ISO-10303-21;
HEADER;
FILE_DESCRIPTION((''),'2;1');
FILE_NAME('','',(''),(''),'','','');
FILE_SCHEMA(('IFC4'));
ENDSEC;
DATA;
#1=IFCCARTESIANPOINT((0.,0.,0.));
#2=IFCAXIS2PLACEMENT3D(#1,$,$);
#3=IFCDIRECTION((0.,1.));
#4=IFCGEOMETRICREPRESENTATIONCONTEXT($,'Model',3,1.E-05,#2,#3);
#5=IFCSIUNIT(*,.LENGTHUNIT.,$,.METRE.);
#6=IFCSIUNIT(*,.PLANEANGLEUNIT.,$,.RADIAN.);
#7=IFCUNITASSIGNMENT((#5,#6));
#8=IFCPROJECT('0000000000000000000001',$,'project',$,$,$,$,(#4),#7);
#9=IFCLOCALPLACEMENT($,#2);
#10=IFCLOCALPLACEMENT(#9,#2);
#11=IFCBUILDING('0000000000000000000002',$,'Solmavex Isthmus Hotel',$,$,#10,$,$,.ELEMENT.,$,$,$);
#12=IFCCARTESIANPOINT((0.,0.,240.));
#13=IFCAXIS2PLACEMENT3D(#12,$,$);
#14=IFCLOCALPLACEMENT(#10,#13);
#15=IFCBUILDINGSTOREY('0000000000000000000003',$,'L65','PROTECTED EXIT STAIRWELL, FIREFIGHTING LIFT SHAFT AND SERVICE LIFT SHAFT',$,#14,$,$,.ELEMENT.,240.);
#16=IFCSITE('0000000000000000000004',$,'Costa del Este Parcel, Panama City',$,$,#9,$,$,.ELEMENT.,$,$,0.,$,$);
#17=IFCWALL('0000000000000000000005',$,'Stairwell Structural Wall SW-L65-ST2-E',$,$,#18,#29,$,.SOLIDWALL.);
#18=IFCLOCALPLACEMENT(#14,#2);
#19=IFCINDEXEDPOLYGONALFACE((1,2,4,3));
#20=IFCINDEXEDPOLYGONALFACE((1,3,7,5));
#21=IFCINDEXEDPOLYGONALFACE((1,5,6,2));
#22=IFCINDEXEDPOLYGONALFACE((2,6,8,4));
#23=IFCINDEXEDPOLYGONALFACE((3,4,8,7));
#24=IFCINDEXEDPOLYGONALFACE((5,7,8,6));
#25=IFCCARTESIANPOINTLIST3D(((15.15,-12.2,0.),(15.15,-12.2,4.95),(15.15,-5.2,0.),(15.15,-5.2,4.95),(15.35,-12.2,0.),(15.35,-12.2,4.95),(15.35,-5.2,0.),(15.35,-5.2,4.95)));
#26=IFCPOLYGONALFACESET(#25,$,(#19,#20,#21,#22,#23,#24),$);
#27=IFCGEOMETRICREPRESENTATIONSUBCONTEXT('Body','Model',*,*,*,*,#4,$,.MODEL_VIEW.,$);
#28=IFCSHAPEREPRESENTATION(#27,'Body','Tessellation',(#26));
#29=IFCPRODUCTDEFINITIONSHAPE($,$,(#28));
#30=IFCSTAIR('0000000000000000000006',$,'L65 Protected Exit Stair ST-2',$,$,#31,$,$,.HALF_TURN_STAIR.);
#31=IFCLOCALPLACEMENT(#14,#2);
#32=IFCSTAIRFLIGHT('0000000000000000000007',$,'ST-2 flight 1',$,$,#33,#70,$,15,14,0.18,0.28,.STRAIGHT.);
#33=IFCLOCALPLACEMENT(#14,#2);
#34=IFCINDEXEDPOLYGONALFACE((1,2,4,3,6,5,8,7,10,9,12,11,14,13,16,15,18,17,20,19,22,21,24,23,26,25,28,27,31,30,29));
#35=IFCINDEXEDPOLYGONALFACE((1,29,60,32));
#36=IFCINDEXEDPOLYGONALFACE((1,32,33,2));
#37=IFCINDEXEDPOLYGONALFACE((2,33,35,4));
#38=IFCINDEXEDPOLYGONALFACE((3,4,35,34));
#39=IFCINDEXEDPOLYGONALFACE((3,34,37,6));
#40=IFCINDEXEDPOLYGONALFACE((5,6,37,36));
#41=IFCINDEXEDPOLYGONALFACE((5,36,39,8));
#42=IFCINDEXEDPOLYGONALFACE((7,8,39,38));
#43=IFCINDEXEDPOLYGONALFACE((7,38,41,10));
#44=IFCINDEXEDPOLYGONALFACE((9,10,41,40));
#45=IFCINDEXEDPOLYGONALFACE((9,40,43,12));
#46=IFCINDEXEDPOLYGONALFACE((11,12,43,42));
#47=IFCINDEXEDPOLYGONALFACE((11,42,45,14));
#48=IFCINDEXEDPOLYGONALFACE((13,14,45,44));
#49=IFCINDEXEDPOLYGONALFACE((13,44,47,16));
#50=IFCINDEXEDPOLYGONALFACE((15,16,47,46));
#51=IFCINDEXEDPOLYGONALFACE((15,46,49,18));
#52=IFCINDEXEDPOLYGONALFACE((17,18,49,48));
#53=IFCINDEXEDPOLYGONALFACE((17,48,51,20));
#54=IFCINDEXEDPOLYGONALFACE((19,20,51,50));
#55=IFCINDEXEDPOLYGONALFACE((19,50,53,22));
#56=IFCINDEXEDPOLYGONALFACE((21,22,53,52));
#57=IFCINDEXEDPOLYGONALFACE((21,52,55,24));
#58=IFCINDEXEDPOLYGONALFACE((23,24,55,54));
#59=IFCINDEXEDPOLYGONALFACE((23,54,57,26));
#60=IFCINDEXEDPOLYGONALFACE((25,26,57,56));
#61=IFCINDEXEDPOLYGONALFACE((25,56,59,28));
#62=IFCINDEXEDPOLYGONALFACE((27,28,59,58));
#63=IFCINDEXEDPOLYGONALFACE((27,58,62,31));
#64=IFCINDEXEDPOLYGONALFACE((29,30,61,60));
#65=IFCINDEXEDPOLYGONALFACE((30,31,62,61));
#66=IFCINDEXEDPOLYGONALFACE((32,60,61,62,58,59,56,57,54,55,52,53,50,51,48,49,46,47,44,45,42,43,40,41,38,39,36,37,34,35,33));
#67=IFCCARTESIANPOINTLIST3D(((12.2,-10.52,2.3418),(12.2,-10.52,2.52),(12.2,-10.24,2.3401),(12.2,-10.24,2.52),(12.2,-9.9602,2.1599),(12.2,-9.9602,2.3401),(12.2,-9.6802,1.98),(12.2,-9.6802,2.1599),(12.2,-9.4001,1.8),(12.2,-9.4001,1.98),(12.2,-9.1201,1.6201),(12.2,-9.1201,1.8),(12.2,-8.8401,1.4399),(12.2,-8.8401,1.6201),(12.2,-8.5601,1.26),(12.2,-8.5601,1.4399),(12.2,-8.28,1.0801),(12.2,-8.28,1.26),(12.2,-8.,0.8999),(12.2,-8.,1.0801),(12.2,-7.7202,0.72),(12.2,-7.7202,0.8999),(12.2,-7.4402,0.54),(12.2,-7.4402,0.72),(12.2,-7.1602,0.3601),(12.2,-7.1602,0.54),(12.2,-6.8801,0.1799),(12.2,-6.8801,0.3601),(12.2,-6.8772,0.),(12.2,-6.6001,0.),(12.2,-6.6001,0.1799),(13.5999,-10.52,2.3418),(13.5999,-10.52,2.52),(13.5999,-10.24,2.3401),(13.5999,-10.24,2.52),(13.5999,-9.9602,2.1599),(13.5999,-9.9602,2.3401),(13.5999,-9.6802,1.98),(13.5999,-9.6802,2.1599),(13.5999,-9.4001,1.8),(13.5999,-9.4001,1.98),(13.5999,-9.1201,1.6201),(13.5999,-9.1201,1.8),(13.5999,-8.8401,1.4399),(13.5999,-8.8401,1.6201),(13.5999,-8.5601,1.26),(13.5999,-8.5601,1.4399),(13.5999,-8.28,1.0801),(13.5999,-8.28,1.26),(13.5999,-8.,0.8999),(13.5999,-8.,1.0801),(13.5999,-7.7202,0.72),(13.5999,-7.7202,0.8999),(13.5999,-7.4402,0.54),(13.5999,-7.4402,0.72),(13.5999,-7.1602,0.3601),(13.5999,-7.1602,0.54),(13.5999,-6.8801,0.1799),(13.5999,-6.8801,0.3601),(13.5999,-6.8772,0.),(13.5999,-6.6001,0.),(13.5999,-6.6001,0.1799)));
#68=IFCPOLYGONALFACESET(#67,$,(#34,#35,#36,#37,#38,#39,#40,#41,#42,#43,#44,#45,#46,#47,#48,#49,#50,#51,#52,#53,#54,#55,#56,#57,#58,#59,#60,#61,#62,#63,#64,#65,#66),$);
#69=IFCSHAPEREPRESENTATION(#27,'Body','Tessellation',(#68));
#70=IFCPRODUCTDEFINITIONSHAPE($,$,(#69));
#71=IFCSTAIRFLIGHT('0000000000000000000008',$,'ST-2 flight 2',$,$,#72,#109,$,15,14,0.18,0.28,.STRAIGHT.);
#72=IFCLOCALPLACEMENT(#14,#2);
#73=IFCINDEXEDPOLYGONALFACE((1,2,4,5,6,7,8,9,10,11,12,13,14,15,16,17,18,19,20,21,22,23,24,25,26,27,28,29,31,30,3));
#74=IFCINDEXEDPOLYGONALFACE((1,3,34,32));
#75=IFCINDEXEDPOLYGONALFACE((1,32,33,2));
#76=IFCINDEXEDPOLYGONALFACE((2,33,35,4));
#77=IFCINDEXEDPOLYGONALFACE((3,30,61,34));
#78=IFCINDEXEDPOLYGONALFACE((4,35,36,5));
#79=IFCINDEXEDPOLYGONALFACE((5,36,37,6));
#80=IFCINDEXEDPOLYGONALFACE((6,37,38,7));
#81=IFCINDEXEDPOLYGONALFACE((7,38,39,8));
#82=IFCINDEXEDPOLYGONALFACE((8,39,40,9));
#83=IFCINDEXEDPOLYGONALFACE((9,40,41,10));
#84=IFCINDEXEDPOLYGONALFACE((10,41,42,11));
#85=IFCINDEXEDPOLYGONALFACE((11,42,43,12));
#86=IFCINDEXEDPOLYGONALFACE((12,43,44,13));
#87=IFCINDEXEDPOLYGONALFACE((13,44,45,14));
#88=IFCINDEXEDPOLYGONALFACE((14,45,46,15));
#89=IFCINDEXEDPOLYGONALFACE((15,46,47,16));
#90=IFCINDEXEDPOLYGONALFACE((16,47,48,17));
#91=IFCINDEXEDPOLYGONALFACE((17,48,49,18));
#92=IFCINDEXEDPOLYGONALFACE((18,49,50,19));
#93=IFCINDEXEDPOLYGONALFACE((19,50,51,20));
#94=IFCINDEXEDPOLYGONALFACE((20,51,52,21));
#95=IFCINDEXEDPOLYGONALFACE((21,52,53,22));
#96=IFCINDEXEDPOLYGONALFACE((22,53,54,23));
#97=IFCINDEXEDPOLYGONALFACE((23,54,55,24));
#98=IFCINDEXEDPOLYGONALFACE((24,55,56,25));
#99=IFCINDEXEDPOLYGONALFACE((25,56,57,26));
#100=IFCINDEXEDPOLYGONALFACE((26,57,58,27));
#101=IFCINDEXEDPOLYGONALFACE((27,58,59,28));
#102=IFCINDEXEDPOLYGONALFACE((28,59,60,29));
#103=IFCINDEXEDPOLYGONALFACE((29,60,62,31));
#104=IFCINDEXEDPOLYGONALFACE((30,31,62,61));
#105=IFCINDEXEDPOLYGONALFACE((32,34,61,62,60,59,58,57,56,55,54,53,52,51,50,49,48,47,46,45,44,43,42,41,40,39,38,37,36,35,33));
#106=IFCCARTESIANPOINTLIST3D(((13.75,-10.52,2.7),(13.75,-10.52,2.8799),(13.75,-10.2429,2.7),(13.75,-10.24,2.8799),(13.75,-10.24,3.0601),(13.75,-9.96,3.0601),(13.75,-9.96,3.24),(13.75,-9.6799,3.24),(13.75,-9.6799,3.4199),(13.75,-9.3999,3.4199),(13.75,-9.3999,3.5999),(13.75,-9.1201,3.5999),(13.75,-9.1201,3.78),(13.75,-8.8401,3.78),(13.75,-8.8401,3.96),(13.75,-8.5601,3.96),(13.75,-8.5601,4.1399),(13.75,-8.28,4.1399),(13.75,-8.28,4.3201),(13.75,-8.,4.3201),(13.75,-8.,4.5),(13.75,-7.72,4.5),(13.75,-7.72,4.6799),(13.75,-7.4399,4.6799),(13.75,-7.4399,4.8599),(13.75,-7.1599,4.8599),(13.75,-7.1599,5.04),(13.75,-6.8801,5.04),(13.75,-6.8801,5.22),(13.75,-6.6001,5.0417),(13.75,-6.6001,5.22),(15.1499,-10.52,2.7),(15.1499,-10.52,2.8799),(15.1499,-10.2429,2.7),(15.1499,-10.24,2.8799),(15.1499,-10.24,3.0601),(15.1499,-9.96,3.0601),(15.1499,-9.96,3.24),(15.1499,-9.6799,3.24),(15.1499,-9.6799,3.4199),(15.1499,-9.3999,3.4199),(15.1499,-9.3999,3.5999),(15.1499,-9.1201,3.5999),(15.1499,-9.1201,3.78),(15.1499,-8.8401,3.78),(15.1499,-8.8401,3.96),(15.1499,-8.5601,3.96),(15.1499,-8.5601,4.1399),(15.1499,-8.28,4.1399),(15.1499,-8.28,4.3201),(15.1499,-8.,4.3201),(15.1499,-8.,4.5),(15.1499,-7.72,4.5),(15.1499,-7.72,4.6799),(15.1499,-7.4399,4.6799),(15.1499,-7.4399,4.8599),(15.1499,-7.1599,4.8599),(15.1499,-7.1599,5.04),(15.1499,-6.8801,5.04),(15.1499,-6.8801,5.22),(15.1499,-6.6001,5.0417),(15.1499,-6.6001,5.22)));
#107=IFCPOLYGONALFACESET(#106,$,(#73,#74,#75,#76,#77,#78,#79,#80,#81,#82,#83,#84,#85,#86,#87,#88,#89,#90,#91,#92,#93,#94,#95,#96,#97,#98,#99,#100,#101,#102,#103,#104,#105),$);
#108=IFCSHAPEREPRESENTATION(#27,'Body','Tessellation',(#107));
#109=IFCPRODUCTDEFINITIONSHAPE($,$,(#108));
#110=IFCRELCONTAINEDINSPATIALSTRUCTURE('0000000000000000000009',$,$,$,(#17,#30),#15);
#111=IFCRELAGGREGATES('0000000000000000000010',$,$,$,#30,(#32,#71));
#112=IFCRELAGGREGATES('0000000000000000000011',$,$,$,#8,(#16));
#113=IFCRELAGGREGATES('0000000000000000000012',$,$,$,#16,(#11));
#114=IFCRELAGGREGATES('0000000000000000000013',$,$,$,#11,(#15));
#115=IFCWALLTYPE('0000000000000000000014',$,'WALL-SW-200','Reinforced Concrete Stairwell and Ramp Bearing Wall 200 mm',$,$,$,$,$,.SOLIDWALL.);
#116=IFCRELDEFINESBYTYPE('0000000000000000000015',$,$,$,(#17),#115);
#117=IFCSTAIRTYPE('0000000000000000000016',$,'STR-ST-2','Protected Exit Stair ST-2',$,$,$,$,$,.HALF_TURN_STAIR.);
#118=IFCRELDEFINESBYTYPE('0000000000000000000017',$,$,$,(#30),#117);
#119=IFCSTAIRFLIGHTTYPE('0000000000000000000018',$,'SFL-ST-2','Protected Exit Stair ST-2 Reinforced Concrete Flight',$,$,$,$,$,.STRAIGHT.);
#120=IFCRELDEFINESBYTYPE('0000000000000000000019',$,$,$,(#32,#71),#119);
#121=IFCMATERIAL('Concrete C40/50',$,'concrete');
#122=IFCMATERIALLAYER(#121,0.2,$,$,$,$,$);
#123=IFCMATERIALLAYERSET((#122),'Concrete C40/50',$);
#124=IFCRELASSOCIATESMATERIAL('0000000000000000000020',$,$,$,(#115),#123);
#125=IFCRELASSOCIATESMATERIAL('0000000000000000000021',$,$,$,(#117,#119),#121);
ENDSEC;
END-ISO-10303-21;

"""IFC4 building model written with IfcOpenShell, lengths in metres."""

from ifc_helpers import new_model, si_unit, direction, frame, frame_2d, origin, place, context, subcontext, project, spatial, polyline, rectangle, outline, extrude, material, layer, layer_set, type_object, element, aggregate, save


model = new_model("IFC4")

# Units and contexts
model_context = context("Model", 3, precision=1e-05, world=origin(), true_north=direction((0.0, 1.0)))
body_context = subcontext(model_context, "Body", "Model", "MODEL_VIEW")
ifc_project = project(units=[si_unit("LENGTHUNIT", "METRE"), si_unit("PLANEANGLEUNIT", "RADIAN")], contexts=[model_context])

# Site, building, storey
site_placement = place(None, origin())
site = spatial("IfcSite", under=ifc_project, at=site_placement, Name="Costa del Este Parcel, Panama City", CompositionType="ELEMENT", RefElevation=0.0)
building_placement = place(site_placement, origin())
building = spatial("IfcBuilding", under=site, at=building_placement, Name="Solmavex Isthmus Hotel", CompositionType="ELEMENT")
storey_placement = place(building_placement, frame((0.0, 0.0, 240.0)))
storey = spatial("IfcBuildingStorey", under=building, at=storey_placement, Name="L65", Description="PROTECTED EXIT STAIRWELL, FIREFIGHTING LIFT SHAFT AND SERVICE LIFT SHAFT", CompositionType="ELEMENT", Elevation=240.0)

# Shared definitions
ifc_material_1 = material(Name="Concrete C40/50", Category="concrete")

# Wall
ifc_layer_1 = layer(ifc_material_1, 0.2)
ifc_layer_set_1 = layer_set([ifc_layer_1], Name="Concrete C40/50")
wall_type_1 = type_object("IfcWallType", Name="WALL-SW-200", Description="Reinforced Concrete Stairwell and Ramp Bearing Wall 200 mm", PredefinedType="SOLIDWALL", material=ifc_layer_set_1)
wall_1_placement = place(storey_placement, frame((15.25, -12.2, 0.0), z_axis=(0.0, 0.0, 1.0), x_axis=(0.0, 1.0, 0.0)))
element("IfcWall", 1, at=wall_1_placement, inside=storey, type_object=wall_type_1, Name="Stairwell Structural Wall SW-L65-ST2-E", PredefinedType="SOLIDWALL", context=body_context, shape_type="SweptSolid", body=[
    extrude(rectangle(XDim=7.0, YDim=0.2, at=frame_2d((3.5, 0.0))), origin(), (0.0, 0.0, 1.0), 4.95),
])

# Stair, stair flights
stair_type = type_object("IfcStairType", Name="STR-ST-2", Description="Protected Exit Stair ST-2", PredefinedType="HALF_TURN_STAIR", material=ifc_material_1)
stair_placement = place(storey_placement, origin())
stair = element("IfcStair", 2, at=stair_placement, inside=storey, type_object=stair_type, Name="L65 Protected Exit Stair ST-2", PredefinedType="HALF_TURN_STAIR")
stair_flight_type = type_object("IfcStairFlightType", Name="SFL-ST-2", Description="Protected Exit Stair ST-2 Reinforced Concrete Flight", PredefinedType="STRAIGHT", material=ifc_material_1)
stair_flight_1_placement = place(storey_placement, frame((12.8999, -6.6001, 0.0), z_axis=(0.0, 0.0, 1.0), x_axis=(0.0, -1.0, 0.0)))
stair_flight_1 = element("IfcStairFlight", 3, at=stair_flight_1_placement, type_object=stair_flight_type, Name="ST-2 flight 1", NumberOfRisers=15, NumberOfTreads=14, PredefinedType="STRAIGHT", RiserHeight=0.18, TreadLength=0.28, context=body_context, shape_type="SweptSolid", body=[
    extrude(outline(polyline([(0.0, 0.0), (0.0, 0.1799), (0.28, 0.1799), (0.28, 0.3601), (0.5601, 0.3601), (0.5601, 0.54), (0.8401, 0.54), (0.8401, 0.72), (1.1201, 0.72), (1.1201, 0.8999), (1.3999, 0.8999), (1.3999, 1.0801), (1.6799, 1.0801), (1.6799, 1.26), (1.96, 1.26), (1.96, 1.4399), (2.24, 1.4399), (2.24, 1.6201), (2.52, 1.6201), (2.52, 1.8), (2.8, 1.8), (2.8, 1.98), (3.0801, 1.98), (3.0801, 2.1599), (3.3601, 2.1599), (3.3601, 2.3401), (3.6399, 2.3401), (3.6399, 2.52), (3.9199, 2.52), (3.9199, 2.7), (3.9199, 2.3418), (0.2771, 0.0), (0.0, 0.0)])), frame((0.0, 0.7, 0.0), z_axis=(0.0, -1.0, 0.0), x_axis=(1.0, 0.0, 0.0)), (0.0, 0.0, 1.0), 1.3999),
])
stair_flight_2_placement = place(storey_placement, frame((14.45, -10.52, 2.7), z_axis=(0.0, 0.0, 1.0), x_axis=(0.0, 1.0, 0.0)))
stair_flight_2 = element("IfcStairFlight", 4, at=stair_flight_2_placement, type_object=stair_flight_type, Name="ST-2 flight 2", NumberOfRisers=15, NumberOfTreads=14, PredefinedType="STRAIGHT", RiserHeight=0.18, TreadLength=0.28, context=body_context, shape_type="SweptSolid", body=[
    extrude(outline(polyline([(0.0, 0.0), (0.0, 0.1799), (0.28, 0.1799), (0.28, 0.3601), (0.5601, 0.3601), (0.5601, 0.54), (0.8401, 0.54), (0.8401, 0.72), (1.1201, 0.72), (1.1201, 0.8999), (1.3999, 0.8999), (1.3999, 1.0801), (1.6799, 1.0801), (1.6799, 1.26), (1.96, 1.26), (1.96, 1.4399), (2.24, 1.4399), (2.24, 1.6201), (2.52, 1.6201), (2.52, 1.8), (2.8, 1.8), (2.8, 1.98), (3.0801, 1.98), (3.0801, 2.1599), (3.3601, 2.1599), (3.3601, 2.3401), (3.6399, 2.3401), (3.6399, 2.52), (3.9199, 2.52), (3.9199, 2.7), (3.9199, 2.3418), (0.2771, 0.0), (0.0, 0.0)])), frame((0.0, 0.7, 0.0), z_axis=(0.0, -1.0, 0.0), x_axis=(1.0, 0.0, 0.0)), (0.0, 0.0, 1.0), 1.3999),
])
aggregate(stair, [stair_flight_1, stair_flight_2])

save(model, "model.ifc")
